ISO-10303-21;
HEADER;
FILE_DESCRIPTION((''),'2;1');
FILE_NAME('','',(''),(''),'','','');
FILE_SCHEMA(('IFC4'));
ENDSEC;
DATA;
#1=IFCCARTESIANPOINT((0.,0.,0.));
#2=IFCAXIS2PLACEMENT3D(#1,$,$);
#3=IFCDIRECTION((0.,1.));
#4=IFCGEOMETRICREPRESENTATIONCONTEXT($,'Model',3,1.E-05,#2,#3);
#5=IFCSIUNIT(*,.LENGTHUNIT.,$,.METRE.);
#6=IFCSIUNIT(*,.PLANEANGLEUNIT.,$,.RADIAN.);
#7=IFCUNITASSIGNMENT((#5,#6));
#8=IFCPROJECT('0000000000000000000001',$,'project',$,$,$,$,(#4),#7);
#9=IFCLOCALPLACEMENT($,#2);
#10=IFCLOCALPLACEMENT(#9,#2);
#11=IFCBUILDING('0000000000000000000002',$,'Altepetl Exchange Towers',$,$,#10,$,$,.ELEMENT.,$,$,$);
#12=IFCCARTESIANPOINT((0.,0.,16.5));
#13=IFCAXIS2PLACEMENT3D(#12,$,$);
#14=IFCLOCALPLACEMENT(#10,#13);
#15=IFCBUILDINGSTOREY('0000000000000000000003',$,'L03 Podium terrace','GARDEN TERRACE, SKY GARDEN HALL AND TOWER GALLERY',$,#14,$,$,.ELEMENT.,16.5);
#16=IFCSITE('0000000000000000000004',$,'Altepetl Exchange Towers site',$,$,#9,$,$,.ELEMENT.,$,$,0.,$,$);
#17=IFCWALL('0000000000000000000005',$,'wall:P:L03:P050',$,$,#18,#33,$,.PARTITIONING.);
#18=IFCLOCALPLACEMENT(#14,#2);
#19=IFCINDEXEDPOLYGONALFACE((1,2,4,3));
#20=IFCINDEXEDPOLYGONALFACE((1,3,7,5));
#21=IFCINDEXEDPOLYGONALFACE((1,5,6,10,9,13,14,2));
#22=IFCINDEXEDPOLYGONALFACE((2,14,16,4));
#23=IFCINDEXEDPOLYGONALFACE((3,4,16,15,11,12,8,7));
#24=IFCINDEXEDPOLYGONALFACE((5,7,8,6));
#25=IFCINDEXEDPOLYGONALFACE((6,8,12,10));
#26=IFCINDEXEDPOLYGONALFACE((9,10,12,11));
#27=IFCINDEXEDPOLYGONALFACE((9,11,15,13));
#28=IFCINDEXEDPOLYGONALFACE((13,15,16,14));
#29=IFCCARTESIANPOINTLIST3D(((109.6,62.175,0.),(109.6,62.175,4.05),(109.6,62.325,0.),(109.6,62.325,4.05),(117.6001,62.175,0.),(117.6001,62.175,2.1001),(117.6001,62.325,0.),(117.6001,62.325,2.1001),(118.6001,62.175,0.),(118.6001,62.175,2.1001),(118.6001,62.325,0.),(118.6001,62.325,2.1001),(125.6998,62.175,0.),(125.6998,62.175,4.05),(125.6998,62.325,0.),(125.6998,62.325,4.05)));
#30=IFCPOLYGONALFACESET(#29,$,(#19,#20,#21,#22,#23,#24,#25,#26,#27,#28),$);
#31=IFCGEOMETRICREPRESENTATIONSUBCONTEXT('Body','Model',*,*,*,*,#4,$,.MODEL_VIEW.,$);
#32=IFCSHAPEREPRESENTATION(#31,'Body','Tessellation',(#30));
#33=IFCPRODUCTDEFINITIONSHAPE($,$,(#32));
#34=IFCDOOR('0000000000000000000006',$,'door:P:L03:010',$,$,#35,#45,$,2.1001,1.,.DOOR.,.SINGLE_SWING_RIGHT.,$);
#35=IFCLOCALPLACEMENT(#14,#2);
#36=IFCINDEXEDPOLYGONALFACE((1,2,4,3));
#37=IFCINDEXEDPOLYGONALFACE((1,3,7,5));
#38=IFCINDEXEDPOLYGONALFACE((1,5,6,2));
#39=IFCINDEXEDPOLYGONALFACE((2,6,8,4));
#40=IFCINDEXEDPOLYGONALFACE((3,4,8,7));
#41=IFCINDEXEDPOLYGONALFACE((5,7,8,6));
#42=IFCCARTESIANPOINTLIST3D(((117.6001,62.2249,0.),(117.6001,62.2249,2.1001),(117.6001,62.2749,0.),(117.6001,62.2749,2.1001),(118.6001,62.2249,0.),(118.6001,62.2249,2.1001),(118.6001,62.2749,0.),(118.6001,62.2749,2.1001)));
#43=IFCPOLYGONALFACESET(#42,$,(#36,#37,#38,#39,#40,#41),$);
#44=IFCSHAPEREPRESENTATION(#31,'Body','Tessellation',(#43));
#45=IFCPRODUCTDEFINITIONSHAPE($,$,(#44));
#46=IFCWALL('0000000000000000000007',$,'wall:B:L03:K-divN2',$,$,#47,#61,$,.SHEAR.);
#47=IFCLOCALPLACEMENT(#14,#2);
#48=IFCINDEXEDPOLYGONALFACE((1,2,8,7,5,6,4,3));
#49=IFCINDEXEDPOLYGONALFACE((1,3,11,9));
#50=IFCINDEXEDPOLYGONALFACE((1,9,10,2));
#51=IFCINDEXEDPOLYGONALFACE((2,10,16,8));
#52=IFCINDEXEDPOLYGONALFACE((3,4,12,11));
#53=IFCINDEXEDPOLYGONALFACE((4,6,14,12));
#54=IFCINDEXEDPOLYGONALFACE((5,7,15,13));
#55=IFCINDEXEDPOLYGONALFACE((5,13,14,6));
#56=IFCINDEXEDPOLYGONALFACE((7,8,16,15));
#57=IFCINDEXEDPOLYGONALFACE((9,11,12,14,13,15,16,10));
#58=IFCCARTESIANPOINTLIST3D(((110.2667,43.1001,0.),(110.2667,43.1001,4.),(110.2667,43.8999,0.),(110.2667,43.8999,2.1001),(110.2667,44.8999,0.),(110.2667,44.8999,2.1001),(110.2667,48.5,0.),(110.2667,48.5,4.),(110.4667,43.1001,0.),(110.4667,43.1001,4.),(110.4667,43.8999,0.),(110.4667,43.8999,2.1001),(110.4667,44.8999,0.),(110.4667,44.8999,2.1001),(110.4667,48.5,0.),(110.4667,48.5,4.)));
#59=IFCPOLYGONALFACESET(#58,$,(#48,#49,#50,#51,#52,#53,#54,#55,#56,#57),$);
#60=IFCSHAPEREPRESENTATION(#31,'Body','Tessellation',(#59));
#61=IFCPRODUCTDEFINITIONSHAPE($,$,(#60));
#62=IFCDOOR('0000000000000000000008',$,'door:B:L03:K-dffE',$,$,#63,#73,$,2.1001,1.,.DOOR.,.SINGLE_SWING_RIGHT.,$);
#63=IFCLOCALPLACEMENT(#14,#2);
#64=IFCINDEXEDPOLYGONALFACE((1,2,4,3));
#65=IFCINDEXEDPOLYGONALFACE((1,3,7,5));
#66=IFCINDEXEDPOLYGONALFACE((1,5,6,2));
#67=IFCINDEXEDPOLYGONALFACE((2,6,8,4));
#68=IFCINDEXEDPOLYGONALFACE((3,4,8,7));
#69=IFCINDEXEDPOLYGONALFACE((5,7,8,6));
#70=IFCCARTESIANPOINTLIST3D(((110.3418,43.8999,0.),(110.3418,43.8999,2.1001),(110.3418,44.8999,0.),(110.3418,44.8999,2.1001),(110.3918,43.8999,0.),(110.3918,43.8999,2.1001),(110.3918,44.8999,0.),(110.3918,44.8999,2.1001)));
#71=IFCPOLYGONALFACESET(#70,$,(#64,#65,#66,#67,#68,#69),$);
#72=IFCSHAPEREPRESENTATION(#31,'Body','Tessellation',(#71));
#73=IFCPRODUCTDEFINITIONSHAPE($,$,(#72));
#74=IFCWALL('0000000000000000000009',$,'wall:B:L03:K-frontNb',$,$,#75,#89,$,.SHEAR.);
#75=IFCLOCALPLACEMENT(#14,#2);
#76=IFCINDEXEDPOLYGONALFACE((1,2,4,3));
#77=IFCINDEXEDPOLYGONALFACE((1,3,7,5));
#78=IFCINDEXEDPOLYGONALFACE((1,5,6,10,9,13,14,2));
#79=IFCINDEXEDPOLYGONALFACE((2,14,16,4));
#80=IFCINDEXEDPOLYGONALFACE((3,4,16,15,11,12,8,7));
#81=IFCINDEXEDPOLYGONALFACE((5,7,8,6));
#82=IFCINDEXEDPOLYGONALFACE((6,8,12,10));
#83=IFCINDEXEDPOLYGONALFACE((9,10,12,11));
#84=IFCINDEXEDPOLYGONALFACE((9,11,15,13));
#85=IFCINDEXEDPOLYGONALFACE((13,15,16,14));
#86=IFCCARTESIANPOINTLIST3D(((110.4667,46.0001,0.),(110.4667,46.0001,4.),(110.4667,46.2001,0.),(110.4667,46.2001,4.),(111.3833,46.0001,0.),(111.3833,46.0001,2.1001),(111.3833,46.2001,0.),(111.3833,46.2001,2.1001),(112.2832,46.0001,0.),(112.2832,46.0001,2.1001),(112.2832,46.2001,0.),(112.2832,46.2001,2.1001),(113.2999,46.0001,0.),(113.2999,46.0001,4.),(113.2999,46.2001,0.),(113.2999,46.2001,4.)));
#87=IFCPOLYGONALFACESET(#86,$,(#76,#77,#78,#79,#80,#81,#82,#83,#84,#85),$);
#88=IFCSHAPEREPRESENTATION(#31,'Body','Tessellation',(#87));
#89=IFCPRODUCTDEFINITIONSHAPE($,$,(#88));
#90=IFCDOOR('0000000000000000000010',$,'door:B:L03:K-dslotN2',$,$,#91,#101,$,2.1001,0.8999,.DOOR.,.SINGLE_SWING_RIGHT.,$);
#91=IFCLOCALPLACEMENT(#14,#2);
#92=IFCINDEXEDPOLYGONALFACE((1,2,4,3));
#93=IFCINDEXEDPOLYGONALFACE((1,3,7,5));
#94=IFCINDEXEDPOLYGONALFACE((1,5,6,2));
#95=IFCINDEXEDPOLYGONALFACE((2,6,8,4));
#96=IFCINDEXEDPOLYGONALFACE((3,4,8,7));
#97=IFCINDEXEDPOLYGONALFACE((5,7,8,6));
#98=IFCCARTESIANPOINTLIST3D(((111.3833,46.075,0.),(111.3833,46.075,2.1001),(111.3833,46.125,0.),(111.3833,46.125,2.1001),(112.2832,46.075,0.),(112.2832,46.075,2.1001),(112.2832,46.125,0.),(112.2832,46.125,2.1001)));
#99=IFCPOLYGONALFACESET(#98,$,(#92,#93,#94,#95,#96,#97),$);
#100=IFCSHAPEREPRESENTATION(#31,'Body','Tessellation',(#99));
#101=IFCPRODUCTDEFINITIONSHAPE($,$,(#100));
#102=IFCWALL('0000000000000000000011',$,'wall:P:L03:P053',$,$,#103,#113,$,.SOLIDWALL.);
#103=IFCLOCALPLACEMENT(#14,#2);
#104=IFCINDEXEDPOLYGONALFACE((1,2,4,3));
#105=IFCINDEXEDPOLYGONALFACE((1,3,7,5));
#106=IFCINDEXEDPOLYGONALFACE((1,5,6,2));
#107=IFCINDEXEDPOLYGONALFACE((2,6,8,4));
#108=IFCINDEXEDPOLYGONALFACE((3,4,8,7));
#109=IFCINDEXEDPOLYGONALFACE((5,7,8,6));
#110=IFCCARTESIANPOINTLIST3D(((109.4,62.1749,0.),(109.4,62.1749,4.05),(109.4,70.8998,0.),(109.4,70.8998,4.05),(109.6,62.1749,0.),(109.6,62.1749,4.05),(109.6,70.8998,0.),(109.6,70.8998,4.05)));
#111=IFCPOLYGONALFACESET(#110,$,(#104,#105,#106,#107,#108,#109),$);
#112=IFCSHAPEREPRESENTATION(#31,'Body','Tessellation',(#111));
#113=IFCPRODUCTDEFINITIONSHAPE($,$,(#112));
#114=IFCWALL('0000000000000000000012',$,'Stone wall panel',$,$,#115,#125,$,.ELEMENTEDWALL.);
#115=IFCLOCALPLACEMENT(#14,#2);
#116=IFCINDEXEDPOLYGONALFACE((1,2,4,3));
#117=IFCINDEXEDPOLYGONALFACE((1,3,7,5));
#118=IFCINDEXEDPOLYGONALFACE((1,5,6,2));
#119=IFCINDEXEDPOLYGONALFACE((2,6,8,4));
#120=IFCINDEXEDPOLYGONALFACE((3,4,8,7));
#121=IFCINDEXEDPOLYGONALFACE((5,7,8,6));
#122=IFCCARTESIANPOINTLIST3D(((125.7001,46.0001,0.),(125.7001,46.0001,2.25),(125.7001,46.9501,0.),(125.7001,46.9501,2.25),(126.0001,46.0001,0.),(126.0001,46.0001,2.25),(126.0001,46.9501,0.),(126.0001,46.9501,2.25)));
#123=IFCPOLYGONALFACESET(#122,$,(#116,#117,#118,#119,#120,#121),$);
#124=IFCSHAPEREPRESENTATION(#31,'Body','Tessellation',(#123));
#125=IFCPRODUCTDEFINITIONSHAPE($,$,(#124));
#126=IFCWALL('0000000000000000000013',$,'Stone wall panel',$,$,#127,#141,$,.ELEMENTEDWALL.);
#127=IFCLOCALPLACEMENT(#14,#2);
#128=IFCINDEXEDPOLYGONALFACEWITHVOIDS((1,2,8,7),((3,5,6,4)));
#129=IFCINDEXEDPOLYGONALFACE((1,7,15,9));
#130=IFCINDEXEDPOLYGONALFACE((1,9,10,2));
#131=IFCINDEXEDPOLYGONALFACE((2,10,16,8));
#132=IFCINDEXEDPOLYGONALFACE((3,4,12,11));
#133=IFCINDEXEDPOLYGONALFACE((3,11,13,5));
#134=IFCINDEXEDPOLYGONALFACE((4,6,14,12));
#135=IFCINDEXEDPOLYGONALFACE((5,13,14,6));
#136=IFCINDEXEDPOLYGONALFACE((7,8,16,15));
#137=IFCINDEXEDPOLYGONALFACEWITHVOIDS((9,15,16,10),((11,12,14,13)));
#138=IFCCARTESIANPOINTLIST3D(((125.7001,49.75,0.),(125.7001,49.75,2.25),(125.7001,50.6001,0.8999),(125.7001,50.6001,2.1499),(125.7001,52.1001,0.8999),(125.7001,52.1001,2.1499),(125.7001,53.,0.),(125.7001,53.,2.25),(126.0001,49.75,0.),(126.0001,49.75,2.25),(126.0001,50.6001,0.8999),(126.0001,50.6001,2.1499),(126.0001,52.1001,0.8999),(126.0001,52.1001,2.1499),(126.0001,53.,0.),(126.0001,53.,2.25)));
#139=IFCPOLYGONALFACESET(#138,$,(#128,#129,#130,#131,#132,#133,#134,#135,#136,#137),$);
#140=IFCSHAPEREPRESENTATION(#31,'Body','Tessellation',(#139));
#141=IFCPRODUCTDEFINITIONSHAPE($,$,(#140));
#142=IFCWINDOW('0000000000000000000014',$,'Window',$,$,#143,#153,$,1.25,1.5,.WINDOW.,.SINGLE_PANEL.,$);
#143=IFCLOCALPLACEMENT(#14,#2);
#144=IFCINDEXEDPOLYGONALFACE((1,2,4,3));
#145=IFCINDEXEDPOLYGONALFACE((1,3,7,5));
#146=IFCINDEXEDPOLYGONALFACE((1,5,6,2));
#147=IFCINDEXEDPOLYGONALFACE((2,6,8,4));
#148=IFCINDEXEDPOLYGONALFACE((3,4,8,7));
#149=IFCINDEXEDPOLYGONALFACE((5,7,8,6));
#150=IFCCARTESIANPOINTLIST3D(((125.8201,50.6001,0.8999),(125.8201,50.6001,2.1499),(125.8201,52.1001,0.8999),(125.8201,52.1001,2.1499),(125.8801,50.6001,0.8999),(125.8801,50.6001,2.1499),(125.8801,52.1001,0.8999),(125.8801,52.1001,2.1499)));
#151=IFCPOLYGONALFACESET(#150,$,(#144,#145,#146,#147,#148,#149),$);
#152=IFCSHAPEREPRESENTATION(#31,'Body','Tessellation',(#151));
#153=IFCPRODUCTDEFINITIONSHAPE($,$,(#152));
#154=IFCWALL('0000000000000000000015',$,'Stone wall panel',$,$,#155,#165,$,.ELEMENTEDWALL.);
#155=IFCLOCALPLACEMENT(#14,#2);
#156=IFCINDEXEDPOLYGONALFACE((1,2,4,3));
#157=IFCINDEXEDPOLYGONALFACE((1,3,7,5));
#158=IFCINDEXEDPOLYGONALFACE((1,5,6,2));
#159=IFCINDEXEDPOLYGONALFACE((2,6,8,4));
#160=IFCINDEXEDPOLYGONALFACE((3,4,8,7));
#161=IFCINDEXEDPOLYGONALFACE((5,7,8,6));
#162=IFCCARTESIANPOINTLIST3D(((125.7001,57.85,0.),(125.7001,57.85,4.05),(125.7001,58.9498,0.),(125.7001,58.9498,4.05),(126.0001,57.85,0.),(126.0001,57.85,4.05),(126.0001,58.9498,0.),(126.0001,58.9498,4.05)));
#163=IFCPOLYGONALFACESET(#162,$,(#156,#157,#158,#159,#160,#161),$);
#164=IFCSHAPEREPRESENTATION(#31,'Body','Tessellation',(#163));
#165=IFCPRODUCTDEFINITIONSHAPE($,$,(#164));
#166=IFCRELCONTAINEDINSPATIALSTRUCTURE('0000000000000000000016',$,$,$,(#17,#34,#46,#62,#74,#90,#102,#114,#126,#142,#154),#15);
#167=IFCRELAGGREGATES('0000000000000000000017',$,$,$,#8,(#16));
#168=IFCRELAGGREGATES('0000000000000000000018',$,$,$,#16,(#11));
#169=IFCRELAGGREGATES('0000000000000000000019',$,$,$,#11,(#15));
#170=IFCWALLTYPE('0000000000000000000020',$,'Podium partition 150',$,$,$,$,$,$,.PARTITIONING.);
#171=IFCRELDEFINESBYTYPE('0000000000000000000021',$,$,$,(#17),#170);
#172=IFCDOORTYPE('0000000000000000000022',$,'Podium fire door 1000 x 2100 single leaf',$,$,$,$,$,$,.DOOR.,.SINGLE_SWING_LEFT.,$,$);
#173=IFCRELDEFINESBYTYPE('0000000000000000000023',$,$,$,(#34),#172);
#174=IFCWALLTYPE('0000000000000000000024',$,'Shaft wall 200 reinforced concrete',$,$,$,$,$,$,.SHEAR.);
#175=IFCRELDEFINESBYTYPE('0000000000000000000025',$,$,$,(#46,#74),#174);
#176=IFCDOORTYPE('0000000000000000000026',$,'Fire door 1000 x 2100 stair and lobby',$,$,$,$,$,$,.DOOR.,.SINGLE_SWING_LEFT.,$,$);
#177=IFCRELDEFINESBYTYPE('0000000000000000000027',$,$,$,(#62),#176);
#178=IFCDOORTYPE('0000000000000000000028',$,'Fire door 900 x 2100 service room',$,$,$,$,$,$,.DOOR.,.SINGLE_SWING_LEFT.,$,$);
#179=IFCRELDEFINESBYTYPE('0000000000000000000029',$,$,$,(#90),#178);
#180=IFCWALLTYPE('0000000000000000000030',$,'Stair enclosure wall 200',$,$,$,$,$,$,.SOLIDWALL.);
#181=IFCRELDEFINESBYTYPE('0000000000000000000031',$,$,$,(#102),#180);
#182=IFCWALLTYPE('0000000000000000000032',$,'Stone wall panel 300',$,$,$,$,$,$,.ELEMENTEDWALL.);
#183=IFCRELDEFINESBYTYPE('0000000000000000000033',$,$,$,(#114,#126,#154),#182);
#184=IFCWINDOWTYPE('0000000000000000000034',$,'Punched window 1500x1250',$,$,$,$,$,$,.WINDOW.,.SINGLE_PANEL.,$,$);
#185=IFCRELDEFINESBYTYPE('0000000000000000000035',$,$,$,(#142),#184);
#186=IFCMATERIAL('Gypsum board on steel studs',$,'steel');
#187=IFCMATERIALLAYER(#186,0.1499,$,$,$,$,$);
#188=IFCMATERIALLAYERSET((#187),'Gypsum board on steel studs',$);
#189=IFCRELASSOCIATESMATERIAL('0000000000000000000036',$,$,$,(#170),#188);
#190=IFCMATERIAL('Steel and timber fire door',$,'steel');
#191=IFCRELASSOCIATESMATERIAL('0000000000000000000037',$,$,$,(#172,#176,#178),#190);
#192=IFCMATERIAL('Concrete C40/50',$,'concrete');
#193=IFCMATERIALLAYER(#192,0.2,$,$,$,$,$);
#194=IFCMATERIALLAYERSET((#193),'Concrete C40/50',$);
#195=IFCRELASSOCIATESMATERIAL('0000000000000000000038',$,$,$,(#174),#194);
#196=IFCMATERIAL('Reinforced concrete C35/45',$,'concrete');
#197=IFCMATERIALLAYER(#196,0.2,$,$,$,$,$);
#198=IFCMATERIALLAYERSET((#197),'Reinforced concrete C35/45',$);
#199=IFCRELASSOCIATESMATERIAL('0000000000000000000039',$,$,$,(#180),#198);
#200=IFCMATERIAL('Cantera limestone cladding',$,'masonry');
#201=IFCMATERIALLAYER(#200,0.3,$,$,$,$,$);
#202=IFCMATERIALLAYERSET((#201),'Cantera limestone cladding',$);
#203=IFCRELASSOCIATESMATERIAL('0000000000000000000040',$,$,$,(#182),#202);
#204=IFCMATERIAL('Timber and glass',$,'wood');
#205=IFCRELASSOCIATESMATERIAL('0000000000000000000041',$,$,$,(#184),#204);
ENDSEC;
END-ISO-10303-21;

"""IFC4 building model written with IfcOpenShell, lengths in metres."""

from ifc_helpers import new_model, si_unit, direction, frame, frame_2d, origin, place, context, subcontext, project, spatial, rectangle, extrude, material, layer, layer_set, type_object, element, fill, save


model = new_model("IFC4")

# Units and contexts
model_context = context("Model", 3, precision=1e-05, world=origin(), true_north=direction((0.0, 1.0)))
body_context = subcontext(model_context, "Body", "Model", "MODEL_VIEW")
ifc_project = project(units=[si_unit("LENGTHUNIT", "METRE"), si_unit("PLANEANGLEUNIT", "RADIAN")], contexts=[model_context])

# Site, building, storey
site_placement = place(None, origin())
site = spatial("IfcSite", under=ifc_project, at=site_placement, Name="Altepetl Exchange Towers site", CompositionType="ELEMENT", RefElevation=0.0)
building_placement = place(site_placement, origin())
building = spatial("IfcBuilding", under=site, at=building_placement, Name="Altepetl Exchange Towers", CompositionType="ELEMENT")
storey_placement = place(building_placement, frame((0.0, 0.0, 16.5)))
storey = spatial("IfcBuildingStorey", under=building, at=storey_placement, Name="L03 Podium terrace", Description="GARDEN TERRACE, SKY GARDEN HALL AND TOWER GALLERY", CompositionType="ELEMENT", Elevation=16.5)

# Shared definitions
ifc_material_1 = material(Name="Reinforced concrete C35/45", Category="concrete")
ifc_material_2 = material(Name="Gypsum board on steel studs", Category="steel")
ifc_layer_1 = layer(ifc_material_2, 0.1499)
ifc_layer_set_1 = layer_set([ifc_layer_1], Name="Gypsum board on steel studs")
wall_type_1 = type_object("IfcWallType", Name="Podium partition 150", PredefinedType="PARTITIONING", material=ifc_layer_set_1)

# Walls, openings, doors
wall_1_placement = place(storey_placement, frame((109.6001, 62.25, 0.0)))
wall_1 = element("IfcWall", 1, at=wall_1_placement, inside=storey, type_object=wall_type_1, Name="wall:P:L03:P050", PredefinedType="PARTITIONING", context=body_context, shape_type="SweptSolid", body=[
    extrude(rectangle(XDim=16.0999, YDim=0.1499, at=frame_2d((8.0498, 0.0))), origin(), (0.0, 0.0, 1.0), 4.05),
])
opening_1_placement = place(wall_1_placement, frame((8.0, 0.0, 0.0)))
opening_1 = element("IfcOpeningElement", 2, at=opening_1_placement, cuts=wall_1, PredefinedType="OPENING", context=body_context, shape_type="SweptSolid", body=[
    extrude(rectangle(XDim=1.0, YDim=2.1001, at=frame_2d((0.5, 1.05))), frame((0.0, 0.085, 0.0), z_axis=(0.0, -1.0, 0.0), x_axis=(1.0, 0.0, 0.0)), (0.0, 0.0, 1.0), 0.1699),
])
ifc_material_3 = material(Name="Steel and timber fire door", Category="steel")
door_type_1 = type_object("IfcDoorType", Name="Podium fire door 1000 x 2100 single leaf", OperationType="SINGLE_SWING_LEFT", PredefinedType="DOOR", material=ifc_material_3)
door_1_placement = place(opening_1_placement, origin())
door_1 = element("IfcDoor", 3, at=door_1_placement, inside=storey, type_object=door_type_1, Name="door:P:L03:010", OperationType="SINGLE_SWING_RIGHT", OverallHeight=2.1001, OverallWidth=1.0, PredefinedType="DOOR", context=body_context, shape_type="SweptSolid", body=[
    extrude(rectangle(XDim=1.0, YDim=2.1001, at=frame_2d((0.5, 1.05))), frame((0.0, 0.0249, 0.0), z_axis=(0.0, -1.0, 0.0), x_axis=(1.0, 0.0, 0.0)), (0.0, 0.0, 1.0), 0.05),
])
fill(opening_1, door_1)
ifc_material_4 = material(Name="Concrete C40/50", Category="concrete")
ifc_layer_2 = layer(ifc_material_4, 0.2)
ifc_layer_set_2 = layer_set([ifc_layer_2], Name="Concrete C40/50")
wall_type_2 = type_object("IfcWallType", Name="Shaft wall 200 reinforced concrete", PredefinedType="SHEAR", material=ifc_layer_set_2)
wall_2_placement = place(storey_placement, frame((110.3667, 48.5, 0.0), z_axis=(0.0, 0.0, 1.0), x_axis=(0.0, -1.0, 0.0)))
wall_2 = element("IfcWall", 4, at=wall_2_placement, inside=storey, type_object=wall_type_2, Name="wall:B:L03:K-divN2", PredefinedType="SHEAR", context=body_context, shape_type="SweptSolid", body=[
    extrude(rectangle(XDim=5.3999, YDim=0.2, at=frame_2d((2.7, 0.0))), origin(), (0.0, 0.0, 1.0), 4.0),
])
opening_2_placement = place(wall_2_placement, frame((3.6001, 0.0, 0.0)))
opening_2 = element("IfcOpeningElement", 5, at=opening_2_placement, cuts=wall_2, PredefinedType="OPENING", context=body_context, shape_type="SweptSolid", body=[
    extrude(rectangle(XDim=1.0, YDim=2.1001, at=frame_2d((0.5, 1.05))), frame((0.0, 0.1099, 0.0), z_axis=(0.0, -1.0, 0.0), x_axis=(1.0, 0.0, 0.0)), (0.0, 0.0, 1.0), 0.22),
])
door_type_2 = type_object("IfcDoorType", Name="Fire door 1000 x 2100 stair and lobby", OperationType="SINGLE_SWING_LEFT", PredefinedType="DOOR", material=ifc_material_3)
door_2_placement = place(opening_2_placement, frame((1.0, 0.0, 0.0), x_axis=(-1.0, 0.0, 0.0)))
door_2 = element("IfcDoor", 6, at=door_2_placement, inside=storey, type_object=door_type_2, Name="door:B:L03:K-dffE", OperationType="SINGLE_SWING_RIGHT", OverallHeight=2.1001, OverallWidth=1.0, PredefinedType="DOOR", context=body_context, shape_type="SweptSolid", body=[
    extrude(rectangle(XDim=1.0, YDim=2.1001, at=frame_2d((0.5, 1.05))), frame((0.0, 0.0249, 0.0), z_axis=(0.0, -1.0, 0.0), x_axis=(1.0, 0.0, 0.0)), (0.0, 0.0, 1.0), 0.05),
])
fill(opening_2, door_2)
wall_3_placement = place(storey_placement, frame((110.4668, 46.1001, 0.0)))
wall_3 = element("IfcWall", 7, at=wall_3_placement, inside=storey, type_object=wall_type_2, Name="wall:B:L03:K-frontNb", PredefinedType="SHEAR", context=body_context, shape_type="SweptSolid", body=[
    extrude(rectangle(XDim=2.8333, YDim=0.2, at=frame_2d((1.4165, 0.0))), origin(), (0.0, 0.0, 1.0), 4.0),
])
opening_3_placement = place(wall_3_placement, frame((0.9165, 0.0, 0.0)))
opening_3 = element("IfcOpeningElement", 8, at=opening_3_placement, cuts=wall_3, PredefinedType="OPENING", context=body_context, shape_type="SweptSolid", body=[
    extrude(rectangle(XDim=0.8999, YDim=2.1001, at=frame_2d((0.45, 1.05))), frame((0.0, 0.1099, 0.0), z_axis=(0.0, -1.0, 0.0), x_axis=(1.0, 0.0, 0.0)), (0.0, 0.0, 1.0), 0.22),
])
door_type_3 = type_object("IfcDoorType", Name="Fire door 900 x 2100 service room", OperationType="SINGLE_SWING_LEFT", PredefinedType="DOOR", material=ifc_material_3)
door_3_placement = place(opening_3_placement, origin())
door_3 = element("IfcDoor", 9, at=door_3_placement, inside=storey, type_object=door_type_3, Name="door:B:L03:K-dslotN2", OperationType="SINGLE_SWING_RIGHT", OverallHeight=2.1001, OverallWidth=0.8999, PredefinedType="DOOR", context=body_context, shape_type="SweptSolid", body=[
    extrude(rectangle(XDim=0.8999, YDim=2.1001, at=frame_2d((0.45, 1.05))), frame((0.0, 0.0249, 0.0), z_axis=(0.0, -1.0, 0.0), x_axis=(1.0, 0.0, 0.0)), (0.0, 0.0, 1.0), 0.05),
])
fill(opening_3, door_3)

# Walls
ifc_layer_3 = layer(ifc_material_1, 0.2)
ifc_layer_set_3 = layer_set([ifc_layer_3], Name="Reinforced concrete C35/45")
wall_type_3 = type_object("IfcWallType", Name="Stair enclosure wall 200", PredefinedType="SOLIDWALL", material=ifc_layer_set_3)
wall_4_placement = place(storey_placement, frame((109.5, 62.175, 0.0), z_axis=(0.0, 0.0, 1.0), x_axis=(0.0, 1.0, 0.0)))
element("IfcWall", 10, at=wall_4_placement, inside=storey, type_object=wall_type_3, Name="wall:P:L03:P053", PredefinedType="SOLIDWALL", context=body_context, shape_type="SweptSolid", body=[
    extrude(rectangle(XDim=8.7249, YDim=0.2, at=frame_2d((4.3623, 0.0))), origin(), (0.0, 0.0, 1.0), 4.05),
])
ifc_material_5 = material(Name="Cantera limestone cladding", Category="masonry")
ifc_layer_4 = layer(ifc_material_5, 0.3)
ifc_layer_set_4 = layer_set([ifc_layer_4], Name="Cantera limestone cladding")
wall_type_4 = type_object("IfcWallType", Name="Stone wall panel 300", PredefinedType="ELEMENTEDWALL", material=ifc_layer_set_4)
wall_5_placement = place(storey_placement, frame((125.8501, 46.0, 0.0), z_axis=(0.0, 0.0, 1.0), x_axis=(0.0, 1.0, 0.0)))
element("IfcWall", 11, at=wall_5_placement, inside=storey, type_object=wall_type_4, Name="Stone wall panel", PredefinedType="ELEMENTEDWALL", context=body_context, shape_type="SweptSolid", body=[
    extrude(rectangle(XDim=0.95, YDim=0.3, at=frame_2d((0.4751, 0.0))), origin(), (0.0, 0.0, 1.0), 2.25),
])

# Wall, opening, window
wall_6_placement = place(storey_placement, frame((125.8501, 49.75, 0.0), z_axis=(0.0, 0.0, 1.0), x_axis=(0.0, 1.0, 0.0)))
wall_6 = element("IfcWall", 12, at=wall_6_placement, inside=storey, type_object=wall_type_4, Name="Stone wall panel", PredefinedType="ELEMENTEDWALL", context=body_context, shape_type="SweptSolid", body=[
    extrude(rectangle(XDim=3.25, YDim=0.3, at=frame_2d((1.625, 0.0))), origin(), (0.0, 0.0, 1.0), 2.25),
])
opening_4_placement = place(wall_6_placement, frame((0.8501, 0.0, 0.8999)))
opening_4 = element("IfcOpeningElement", 13, at=opening_4_placement, cuts=wall_6, PredefinedType="OPENING", context=body_context, shape_type="SweptSolid", body=[
    extrude(rectangle(XDim=1.5, YDim=1.25, at=frame_2d((0.75, 0.625))), frame((0.0, 0.1602, 0.0), z_axis=(0.0, -1.0, 0.0), x_axis=(1.0, 0.0, 0.0)), (0.0, 0.0, 1.0), 0.3201),
])
ifc_material_6 = material(Name="Timber and glass", Category="wood")
window_type_1 = type_object("IfcWindowType", Name="Punched window 1500x1250", PartitioningType="SINGLE_PANEL", PredefinedType="WINDOW", material=ifc_material_6)
window_1_placement = place(opening_4_placement, origin())
window_1 = element("IfcWindow", 14, at=window_1_placement, inside=storey, type_object=window_type_1, Name="Window", OverallHeight=1.25, OverallWidth=1.5, PartitioningType="SINGLE_PANEL", PredefinedType="WINDOW", context=body_context, shape_type="SweptSolid", body=[
    extrude(rectangle(XDim=1.5, YDim=1.25, at=frame_2d((0.75, 0.625))), frame((0.0, 0.03, 0.0), z_axis=(0.0, -1.0, 0.0), x_axis=(1.0, 0.0, 0.0)), (0.0, 0.0, 1.0), 0.0601),
])
fill(opening_4, window_1)

# Wall
wall_7_placement = place(storey_placement, frame((125.8501, 57.8501, 0.0), z_axis=(0.0, 0.0, 1.0), x_axis=(0.0, 1.0, 0.0)))
element("IfcWall", 15, at=wall_7_placement, inside=storey, type_object=wall_type_4, Name="Stone wall panel", PredefinedType="ELEMENTEDWALL", context=body_context, shape_type="SweptSolid", body=[
    extrude(rectangle(XDim=1.0999, YDim=0.3, at=frame_2d((0.5498, 0.0))), origin(), (0.0, 0.0, 1.0), 4.05),
])

save(model, "model.ifc")
